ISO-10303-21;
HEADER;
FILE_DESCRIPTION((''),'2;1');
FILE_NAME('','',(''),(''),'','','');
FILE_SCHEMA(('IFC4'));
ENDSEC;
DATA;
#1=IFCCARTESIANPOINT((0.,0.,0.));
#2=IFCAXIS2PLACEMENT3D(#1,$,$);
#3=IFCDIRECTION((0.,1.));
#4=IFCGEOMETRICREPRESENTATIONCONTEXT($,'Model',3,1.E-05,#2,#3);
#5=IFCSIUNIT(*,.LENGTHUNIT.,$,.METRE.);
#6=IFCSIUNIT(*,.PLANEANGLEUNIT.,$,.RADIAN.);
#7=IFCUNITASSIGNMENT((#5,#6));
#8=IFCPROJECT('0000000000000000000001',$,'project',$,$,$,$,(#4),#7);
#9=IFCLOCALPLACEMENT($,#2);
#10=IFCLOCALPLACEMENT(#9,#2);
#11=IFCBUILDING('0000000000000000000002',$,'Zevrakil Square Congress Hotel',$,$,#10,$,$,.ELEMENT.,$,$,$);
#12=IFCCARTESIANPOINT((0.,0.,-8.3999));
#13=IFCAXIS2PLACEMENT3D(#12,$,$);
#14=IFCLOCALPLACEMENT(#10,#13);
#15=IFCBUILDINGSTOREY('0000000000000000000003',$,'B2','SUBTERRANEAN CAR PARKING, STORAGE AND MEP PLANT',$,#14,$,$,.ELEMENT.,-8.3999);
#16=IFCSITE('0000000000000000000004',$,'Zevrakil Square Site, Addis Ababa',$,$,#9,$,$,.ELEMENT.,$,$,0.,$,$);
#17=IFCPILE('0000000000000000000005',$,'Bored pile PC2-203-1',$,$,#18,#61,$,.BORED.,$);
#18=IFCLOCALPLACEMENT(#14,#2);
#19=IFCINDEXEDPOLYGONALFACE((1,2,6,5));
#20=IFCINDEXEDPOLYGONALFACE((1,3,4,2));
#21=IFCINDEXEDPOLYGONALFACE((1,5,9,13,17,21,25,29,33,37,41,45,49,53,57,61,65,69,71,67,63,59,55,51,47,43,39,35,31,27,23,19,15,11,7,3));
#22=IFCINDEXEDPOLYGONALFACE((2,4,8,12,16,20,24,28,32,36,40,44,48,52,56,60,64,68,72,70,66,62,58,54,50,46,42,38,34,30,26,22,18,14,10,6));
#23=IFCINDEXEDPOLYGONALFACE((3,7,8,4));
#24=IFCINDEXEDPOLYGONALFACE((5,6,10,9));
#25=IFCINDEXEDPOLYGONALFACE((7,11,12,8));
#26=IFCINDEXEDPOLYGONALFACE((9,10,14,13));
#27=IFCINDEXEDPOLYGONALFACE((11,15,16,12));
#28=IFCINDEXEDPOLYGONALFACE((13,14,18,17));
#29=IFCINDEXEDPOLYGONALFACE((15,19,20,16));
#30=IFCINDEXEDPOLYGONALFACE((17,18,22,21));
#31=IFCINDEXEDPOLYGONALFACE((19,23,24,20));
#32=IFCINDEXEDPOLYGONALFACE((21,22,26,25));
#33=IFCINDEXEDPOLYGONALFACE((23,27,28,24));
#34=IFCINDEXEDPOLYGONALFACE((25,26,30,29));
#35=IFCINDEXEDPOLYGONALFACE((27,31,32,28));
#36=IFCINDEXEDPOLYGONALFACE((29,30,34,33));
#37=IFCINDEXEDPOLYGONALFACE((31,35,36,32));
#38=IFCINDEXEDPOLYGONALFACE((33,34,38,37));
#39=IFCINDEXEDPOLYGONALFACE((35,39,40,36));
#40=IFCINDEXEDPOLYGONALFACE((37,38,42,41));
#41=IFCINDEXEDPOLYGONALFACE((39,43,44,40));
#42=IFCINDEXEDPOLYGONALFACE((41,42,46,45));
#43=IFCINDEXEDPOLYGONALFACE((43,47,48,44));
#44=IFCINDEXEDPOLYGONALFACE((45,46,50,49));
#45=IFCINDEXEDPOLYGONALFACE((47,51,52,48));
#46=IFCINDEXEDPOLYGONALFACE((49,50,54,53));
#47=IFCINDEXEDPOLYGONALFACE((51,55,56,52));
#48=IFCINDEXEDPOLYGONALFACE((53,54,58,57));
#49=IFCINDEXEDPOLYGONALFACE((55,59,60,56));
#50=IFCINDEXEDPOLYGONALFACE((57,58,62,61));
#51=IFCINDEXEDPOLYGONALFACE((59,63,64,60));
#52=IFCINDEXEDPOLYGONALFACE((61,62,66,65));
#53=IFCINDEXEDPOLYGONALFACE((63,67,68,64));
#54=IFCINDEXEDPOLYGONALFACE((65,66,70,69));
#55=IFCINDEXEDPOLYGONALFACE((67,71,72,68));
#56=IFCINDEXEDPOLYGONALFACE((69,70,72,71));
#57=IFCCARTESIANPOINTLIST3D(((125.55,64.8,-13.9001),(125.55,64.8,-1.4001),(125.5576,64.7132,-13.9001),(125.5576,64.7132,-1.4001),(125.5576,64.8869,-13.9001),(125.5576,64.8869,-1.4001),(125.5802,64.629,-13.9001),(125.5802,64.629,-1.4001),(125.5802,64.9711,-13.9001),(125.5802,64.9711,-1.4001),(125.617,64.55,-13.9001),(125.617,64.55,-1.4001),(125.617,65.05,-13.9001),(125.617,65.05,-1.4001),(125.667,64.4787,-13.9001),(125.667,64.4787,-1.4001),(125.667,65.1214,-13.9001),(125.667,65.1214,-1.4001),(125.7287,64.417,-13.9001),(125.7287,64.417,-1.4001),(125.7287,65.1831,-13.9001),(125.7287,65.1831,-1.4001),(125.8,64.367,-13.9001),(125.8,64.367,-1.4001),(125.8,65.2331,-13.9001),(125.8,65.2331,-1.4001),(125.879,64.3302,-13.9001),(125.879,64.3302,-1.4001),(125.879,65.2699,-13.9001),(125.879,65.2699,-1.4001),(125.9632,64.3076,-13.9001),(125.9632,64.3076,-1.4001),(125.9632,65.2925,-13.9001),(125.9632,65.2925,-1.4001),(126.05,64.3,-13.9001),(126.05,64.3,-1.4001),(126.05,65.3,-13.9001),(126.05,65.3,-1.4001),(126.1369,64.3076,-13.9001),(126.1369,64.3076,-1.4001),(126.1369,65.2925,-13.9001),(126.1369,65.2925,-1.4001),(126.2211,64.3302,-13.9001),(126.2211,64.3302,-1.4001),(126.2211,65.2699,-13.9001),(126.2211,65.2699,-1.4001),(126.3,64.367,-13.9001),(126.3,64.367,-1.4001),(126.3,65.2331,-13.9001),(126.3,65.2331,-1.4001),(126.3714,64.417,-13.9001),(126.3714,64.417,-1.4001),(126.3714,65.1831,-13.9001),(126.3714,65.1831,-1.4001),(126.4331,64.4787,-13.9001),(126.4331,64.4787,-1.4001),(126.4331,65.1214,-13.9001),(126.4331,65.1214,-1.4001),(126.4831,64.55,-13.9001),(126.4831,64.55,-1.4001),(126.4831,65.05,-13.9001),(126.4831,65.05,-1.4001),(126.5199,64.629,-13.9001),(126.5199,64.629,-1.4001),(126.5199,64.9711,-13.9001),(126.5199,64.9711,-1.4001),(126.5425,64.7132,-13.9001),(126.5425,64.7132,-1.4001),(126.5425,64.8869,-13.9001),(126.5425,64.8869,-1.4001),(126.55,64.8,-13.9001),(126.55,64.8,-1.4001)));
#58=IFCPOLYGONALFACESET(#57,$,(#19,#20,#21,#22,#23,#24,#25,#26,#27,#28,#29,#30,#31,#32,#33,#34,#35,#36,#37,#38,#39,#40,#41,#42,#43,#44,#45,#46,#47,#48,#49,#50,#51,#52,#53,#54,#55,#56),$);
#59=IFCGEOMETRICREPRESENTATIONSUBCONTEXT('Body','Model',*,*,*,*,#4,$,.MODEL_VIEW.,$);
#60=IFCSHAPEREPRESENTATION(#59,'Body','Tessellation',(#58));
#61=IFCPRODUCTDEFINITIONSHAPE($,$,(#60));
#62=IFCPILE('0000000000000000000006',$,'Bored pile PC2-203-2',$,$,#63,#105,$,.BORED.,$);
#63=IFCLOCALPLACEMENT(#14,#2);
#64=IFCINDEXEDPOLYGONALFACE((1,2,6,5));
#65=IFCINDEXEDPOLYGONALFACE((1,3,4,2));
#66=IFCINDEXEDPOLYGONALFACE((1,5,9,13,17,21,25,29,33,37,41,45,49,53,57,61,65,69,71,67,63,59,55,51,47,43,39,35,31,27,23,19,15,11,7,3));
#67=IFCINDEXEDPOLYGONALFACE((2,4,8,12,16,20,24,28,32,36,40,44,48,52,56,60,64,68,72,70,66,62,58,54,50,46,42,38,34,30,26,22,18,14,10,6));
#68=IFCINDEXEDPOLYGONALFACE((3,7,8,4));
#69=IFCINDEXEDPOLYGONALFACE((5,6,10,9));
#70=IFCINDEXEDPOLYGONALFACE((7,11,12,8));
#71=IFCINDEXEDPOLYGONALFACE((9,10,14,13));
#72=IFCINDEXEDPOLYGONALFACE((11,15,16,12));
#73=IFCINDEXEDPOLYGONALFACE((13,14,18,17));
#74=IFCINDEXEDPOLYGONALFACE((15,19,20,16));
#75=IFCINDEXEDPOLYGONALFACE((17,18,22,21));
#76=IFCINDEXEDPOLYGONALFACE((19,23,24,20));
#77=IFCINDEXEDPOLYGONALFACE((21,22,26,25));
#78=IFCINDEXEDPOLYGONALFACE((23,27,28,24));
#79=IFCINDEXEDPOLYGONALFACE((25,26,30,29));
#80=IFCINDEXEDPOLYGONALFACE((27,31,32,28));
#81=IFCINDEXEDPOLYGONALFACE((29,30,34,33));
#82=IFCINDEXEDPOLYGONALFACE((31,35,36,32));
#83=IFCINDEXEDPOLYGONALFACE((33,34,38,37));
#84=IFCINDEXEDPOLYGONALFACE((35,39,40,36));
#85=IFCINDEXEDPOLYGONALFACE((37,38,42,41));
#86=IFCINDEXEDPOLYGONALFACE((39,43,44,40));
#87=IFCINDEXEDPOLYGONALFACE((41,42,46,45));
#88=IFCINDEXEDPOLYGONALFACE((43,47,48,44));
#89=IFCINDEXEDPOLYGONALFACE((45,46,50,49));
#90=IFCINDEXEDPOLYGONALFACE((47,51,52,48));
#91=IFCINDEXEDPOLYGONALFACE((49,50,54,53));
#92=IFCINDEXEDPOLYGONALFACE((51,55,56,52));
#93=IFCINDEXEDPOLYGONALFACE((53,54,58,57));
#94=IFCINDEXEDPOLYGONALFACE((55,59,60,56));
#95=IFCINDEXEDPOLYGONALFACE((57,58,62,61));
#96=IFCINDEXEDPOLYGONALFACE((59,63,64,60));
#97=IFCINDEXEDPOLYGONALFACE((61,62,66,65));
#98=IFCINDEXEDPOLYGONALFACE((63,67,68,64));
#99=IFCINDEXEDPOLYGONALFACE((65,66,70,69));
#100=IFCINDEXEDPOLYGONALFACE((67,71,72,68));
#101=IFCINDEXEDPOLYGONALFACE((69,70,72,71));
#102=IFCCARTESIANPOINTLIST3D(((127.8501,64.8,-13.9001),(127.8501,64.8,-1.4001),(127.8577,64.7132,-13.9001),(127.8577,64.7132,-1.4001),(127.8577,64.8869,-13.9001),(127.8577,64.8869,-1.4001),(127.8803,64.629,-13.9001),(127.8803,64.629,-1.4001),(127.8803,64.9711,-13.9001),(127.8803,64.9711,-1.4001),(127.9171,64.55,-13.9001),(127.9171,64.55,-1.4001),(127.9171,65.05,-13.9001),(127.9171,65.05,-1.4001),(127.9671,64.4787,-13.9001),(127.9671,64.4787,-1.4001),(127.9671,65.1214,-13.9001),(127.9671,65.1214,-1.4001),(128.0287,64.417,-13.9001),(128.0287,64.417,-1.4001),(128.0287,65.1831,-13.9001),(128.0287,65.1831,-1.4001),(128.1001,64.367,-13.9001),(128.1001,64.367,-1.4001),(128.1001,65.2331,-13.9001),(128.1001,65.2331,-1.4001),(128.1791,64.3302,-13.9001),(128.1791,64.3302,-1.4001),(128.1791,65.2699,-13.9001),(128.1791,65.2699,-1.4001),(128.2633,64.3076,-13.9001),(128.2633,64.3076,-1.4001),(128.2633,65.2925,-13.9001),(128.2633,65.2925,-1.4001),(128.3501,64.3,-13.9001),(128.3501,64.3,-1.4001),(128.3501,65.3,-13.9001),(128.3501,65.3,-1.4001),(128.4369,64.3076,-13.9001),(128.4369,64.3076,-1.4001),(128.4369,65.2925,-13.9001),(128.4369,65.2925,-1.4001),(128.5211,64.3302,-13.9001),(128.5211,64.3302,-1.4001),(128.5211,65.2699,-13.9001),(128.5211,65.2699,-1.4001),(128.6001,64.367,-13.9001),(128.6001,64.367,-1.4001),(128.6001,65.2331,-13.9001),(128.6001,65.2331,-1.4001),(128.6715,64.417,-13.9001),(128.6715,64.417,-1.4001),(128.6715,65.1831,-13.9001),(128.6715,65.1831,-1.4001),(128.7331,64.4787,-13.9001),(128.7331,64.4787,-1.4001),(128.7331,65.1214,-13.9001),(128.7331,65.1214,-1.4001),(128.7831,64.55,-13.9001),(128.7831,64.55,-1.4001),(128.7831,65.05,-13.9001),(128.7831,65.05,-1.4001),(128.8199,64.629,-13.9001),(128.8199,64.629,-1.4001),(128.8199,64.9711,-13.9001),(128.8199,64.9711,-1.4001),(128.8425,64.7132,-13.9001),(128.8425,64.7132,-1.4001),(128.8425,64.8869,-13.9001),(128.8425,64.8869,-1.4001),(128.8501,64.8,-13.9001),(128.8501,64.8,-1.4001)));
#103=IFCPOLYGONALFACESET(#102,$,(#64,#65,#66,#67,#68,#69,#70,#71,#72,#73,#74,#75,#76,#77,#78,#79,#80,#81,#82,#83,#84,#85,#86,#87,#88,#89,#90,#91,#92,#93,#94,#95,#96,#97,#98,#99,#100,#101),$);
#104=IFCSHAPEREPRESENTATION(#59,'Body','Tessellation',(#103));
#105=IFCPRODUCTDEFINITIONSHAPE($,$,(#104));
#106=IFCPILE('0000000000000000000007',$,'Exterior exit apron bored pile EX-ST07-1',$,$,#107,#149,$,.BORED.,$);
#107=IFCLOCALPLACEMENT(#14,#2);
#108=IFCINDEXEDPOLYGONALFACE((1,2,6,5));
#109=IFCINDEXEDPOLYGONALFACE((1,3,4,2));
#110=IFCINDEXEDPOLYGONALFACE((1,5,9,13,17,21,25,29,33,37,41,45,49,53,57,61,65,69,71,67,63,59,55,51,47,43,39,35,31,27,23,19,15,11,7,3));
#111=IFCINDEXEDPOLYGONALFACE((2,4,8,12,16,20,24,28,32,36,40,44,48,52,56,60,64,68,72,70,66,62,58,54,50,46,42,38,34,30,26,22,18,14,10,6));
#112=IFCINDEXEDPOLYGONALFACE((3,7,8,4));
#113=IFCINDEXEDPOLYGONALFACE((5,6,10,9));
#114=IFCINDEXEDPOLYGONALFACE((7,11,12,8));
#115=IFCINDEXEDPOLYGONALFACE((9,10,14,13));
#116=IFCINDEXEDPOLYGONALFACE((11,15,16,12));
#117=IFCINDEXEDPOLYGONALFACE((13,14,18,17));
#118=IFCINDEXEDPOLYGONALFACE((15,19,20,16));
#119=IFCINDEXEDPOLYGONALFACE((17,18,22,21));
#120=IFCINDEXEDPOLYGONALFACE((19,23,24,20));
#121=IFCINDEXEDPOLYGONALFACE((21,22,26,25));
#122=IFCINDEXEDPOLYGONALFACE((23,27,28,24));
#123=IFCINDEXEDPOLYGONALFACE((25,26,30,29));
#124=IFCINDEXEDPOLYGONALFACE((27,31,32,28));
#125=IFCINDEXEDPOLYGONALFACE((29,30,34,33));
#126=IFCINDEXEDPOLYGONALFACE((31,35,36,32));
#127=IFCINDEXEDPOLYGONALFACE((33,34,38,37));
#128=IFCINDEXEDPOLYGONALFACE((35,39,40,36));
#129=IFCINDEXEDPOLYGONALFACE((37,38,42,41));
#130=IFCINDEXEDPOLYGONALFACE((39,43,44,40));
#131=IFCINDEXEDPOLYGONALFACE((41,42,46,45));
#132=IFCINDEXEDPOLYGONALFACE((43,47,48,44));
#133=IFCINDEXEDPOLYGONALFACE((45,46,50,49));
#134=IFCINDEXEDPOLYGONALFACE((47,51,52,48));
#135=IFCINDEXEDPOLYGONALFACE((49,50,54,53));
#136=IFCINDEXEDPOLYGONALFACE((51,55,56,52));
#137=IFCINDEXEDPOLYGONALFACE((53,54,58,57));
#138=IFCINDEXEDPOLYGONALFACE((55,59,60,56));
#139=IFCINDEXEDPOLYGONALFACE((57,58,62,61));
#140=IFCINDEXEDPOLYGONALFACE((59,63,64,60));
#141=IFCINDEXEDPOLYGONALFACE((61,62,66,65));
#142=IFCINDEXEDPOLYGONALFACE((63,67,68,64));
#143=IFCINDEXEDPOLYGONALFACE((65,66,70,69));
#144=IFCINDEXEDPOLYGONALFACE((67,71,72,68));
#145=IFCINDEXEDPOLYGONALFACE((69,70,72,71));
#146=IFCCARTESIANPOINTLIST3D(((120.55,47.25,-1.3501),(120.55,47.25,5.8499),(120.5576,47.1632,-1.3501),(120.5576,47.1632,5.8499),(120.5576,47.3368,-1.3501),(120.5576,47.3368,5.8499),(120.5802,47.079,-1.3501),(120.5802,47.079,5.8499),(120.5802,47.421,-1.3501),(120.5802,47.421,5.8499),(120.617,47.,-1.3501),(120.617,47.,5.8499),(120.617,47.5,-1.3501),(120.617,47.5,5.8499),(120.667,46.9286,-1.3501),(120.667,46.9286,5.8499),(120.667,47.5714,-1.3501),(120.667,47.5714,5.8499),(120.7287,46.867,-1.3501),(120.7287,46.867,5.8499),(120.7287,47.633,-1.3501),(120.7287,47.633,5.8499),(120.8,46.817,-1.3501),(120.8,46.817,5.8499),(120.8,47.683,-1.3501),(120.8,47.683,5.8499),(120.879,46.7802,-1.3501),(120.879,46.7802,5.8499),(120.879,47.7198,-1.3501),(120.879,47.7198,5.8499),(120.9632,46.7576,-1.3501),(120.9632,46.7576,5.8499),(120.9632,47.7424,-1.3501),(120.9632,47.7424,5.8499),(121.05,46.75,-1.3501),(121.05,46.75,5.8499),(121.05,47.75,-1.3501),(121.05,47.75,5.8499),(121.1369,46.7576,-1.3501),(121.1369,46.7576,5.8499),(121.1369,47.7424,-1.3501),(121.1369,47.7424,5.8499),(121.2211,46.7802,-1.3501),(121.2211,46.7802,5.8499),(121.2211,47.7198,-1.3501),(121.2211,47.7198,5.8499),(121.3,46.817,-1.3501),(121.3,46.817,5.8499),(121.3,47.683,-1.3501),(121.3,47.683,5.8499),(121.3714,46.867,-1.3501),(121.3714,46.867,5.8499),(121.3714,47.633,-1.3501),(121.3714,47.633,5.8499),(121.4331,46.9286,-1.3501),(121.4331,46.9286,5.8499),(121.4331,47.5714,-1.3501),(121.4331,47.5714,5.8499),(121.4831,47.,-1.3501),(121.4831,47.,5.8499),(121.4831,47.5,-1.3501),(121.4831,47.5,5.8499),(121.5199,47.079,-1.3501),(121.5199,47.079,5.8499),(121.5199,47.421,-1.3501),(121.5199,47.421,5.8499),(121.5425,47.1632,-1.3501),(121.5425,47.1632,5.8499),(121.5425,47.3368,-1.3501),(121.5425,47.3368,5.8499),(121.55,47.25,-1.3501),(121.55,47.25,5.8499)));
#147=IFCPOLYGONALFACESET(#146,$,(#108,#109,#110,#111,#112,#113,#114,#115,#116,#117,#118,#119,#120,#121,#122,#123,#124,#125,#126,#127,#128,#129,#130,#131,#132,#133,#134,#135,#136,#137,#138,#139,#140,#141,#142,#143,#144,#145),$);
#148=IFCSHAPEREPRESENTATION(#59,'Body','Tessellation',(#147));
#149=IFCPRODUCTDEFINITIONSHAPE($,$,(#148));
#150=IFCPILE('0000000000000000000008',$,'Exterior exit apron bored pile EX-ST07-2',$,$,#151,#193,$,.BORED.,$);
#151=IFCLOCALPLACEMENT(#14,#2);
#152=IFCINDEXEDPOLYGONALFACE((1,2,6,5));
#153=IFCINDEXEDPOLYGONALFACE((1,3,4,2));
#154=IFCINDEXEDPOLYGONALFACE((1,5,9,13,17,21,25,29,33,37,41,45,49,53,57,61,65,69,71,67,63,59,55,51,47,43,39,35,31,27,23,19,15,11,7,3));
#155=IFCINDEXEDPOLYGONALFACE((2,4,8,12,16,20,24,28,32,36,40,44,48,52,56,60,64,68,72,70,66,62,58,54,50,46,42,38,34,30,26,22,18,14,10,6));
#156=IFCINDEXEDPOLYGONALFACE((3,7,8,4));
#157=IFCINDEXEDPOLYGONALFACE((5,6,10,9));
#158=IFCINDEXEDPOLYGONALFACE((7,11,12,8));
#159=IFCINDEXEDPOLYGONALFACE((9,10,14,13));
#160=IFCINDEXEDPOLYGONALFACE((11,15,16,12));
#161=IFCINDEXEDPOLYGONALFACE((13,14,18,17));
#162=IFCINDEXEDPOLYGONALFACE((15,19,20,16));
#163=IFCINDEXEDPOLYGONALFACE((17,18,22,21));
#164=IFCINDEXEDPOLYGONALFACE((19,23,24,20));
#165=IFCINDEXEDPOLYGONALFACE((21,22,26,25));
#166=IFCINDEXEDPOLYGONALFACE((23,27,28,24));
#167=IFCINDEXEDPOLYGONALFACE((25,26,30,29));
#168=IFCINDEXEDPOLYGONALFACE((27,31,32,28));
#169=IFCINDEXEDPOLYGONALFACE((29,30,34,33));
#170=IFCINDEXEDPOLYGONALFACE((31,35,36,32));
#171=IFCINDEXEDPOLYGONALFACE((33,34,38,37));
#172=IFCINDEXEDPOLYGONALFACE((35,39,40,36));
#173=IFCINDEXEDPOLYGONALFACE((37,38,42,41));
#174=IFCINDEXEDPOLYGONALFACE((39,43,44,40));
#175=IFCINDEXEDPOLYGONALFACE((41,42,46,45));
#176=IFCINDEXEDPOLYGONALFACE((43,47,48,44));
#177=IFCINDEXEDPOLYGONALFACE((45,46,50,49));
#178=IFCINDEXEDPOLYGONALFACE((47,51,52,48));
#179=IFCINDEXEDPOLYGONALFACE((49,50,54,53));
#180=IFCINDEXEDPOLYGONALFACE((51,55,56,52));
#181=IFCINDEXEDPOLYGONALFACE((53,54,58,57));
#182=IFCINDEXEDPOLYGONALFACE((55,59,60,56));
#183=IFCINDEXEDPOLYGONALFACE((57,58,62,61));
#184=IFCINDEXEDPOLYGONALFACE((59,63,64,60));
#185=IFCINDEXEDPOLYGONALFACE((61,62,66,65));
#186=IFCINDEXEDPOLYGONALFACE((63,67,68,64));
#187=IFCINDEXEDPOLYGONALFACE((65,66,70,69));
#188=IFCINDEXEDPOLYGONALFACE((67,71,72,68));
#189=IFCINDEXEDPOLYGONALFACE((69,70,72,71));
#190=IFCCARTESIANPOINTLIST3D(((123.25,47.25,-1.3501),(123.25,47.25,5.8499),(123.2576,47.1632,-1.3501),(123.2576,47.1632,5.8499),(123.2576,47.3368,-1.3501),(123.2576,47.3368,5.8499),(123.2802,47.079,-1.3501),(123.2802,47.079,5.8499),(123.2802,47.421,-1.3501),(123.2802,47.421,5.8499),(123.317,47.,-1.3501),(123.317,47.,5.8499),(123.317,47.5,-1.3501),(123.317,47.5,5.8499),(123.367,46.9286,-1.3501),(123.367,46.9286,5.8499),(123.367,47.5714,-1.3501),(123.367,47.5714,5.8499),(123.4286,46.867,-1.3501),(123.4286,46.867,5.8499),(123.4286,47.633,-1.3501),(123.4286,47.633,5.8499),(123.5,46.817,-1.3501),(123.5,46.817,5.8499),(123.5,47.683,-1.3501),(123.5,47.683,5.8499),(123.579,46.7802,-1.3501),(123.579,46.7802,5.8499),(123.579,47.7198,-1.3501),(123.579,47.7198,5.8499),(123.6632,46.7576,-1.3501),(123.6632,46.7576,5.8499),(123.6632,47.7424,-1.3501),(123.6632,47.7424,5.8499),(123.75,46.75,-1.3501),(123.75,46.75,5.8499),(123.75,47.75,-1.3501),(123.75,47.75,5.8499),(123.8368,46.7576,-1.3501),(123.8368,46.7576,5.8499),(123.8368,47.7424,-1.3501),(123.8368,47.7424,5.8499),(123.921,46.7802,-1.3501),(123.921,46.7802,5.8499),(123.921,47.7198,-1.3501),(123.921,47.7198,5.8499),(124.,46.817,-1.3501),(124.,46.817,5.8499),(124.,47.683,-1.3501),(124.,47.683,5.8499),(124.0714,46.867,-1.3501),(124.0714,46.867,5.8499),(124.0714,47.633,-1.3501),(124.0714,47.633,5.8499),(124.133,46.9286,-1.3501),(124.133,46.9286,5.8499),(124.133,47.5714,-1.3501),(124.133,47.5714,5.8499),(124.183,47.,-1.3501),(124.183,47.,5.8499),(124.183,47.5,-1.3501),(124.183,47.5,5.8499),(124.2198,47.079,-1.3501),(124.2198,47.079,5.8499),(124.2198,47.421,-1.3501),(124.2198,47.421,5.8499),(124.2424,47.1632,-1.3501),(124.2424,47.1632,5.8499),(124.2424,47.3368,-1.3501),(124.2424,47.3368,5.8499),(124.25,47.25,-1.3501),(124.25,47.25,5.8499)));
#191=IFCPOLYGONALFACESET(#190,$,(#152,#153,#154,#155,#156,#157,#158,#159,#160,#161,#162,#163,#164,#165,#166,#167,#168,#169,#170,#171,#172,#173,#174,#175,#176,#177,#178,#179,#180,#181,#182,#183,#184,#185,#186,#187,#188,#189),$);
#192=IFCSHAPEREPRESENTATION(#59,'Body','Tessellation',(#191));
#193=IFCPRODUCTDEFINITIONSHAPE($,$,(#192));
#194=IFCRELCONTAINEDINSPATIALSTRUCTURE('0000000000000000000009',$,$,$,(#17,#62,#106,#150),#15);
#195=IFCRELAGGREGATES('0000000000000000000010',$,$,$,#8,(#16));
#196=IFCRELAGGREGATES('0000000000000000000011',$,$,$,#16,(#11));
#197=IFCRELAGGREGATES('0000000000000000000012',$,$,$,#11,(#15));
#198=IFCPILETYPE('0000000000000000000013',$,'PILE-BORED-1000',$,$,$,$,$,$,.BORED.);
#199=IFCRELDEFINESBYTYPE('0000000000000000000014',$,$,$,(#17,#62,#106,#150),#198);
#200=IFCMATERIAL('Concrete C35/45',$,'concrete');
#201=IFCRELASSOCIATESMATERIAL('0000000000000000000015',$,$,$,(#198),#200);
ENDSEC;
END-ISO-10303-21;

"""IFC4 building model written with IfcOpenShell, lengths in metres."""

from ifc_helpers import new_model, si_unit, direction, frame, origin, origin_2d, place, context, subcontext, project, spatial, circle, extrude, material, material_profile, profile_set, type_object, element, save


model = new_model("IFC4")

# Units and contexts
model_context = context("Model", 3, precision=1e-05, world=origin(), true_north=direction((0.0, 1.0)))
body_context = subcontext(model_context, "Body", "Model", "MODEL_VIEW")
ifc_project = project(units=[si_unit("LENGTHUNIT", "METRE"), si_unit("PLANEANGLEUNIT", "RADIAN")], contexts=[model_context])

# Site, building, storey
site_placement = place(None, origin())
site = spatial("IfcSite", under=ifc_project, at=site_placement, Name="Zevrakil Square Site, Addis Ababa", CompositionType="ELEMENT", RefElevation=0.0)
building_placement = place(site_placement, origin())
building = spatial("IfcBuilding", under=site, at=building_placement, Name="Zevrakil Square Congress Hotel", CompositionType="ELEMENT")
storey_placement = place(building_placement, frame((0.0, 0.0, -8.3999)))
storey = spatial("IfcBuildingStorey", under=building, at=storey_placement, Name="B2", Description="SUBTERRANEAN CAR PARKING, STORAGE AND MEP PLANT", CompositionType="ELEMENT", Elevation=-8.3999)

# Piles
ifc_material_1 = material(Name="Concrete C35/45", Category="concrete")
ifc_material_profile_1 = material_profile(ifc_material_1, circle(Radius=0.5, at=origin_2d()), Name="PILE D1000")
ifc_profile_set_1 = profile_set([ifc_material_profile_1], Name="Concrete C35/45")
pile_type_1 = type_object("IfcPileType", Name="PILE-BORED-1000", PredefinedType="BORED", material=ifc_profile_set_1)
for number, where, z_axis, x_axis, name in (
    (1, (126.05, 64.8, -1.4001), (0.0, 0.0, -1.0), (1.0, 0.0, 0.0), "Bored pile PC2-203-1"),
    (2, (128.3501, 64.8, -1.4001), (0.0, 0.0, -1.0), (1.0, 0.0, 0.0), "Bored pile PC2-203-2"),
):
    element("IfcPile", number, at=place(storey_placement, frame(where, z_axis=z_axis, x_axis=x_axis)), inside=storey, type_object=pile_type_1, Name=name, PredefinedType="BORED", context=body_context, shape_type="SweptSolid", body=[
        extrude(circle(Radius=0.5, at=origin_2d()), origin(), (0.0, 0.0, 1.0), 12.5),
    ])
for number, where, z_axis, x_axis, name in (
    (3, (121.05, 47.25, 5.8499), (0.0, 0.0, -1.0), (1.0, 0.0, 0.0), "Exterior exit apron bored pile EX-ST07-1"),
    (4, (123.75, 47.25, 5.8499), (0.0, 0.0, -1.0), (1.0, 0.0, 0.0), "Exterior exit apron bored pile EX-ST07-2"),
):
    element("IfcPile", number, at=place(storey_placement, frame(where, z_axis=z_axis, x_axis=x_axis)), inside=storey, type_object=pile_type_1, Name=name, PredefinedType="BORED", context=body_context, shape_type="SweptSolid", body=[
        extrude(circle(Radius=0.5, at=origin_2d()), origin(), (0.0, 0.0, 1.0), 7.2),
    ])

save(model, "model.ifc")
